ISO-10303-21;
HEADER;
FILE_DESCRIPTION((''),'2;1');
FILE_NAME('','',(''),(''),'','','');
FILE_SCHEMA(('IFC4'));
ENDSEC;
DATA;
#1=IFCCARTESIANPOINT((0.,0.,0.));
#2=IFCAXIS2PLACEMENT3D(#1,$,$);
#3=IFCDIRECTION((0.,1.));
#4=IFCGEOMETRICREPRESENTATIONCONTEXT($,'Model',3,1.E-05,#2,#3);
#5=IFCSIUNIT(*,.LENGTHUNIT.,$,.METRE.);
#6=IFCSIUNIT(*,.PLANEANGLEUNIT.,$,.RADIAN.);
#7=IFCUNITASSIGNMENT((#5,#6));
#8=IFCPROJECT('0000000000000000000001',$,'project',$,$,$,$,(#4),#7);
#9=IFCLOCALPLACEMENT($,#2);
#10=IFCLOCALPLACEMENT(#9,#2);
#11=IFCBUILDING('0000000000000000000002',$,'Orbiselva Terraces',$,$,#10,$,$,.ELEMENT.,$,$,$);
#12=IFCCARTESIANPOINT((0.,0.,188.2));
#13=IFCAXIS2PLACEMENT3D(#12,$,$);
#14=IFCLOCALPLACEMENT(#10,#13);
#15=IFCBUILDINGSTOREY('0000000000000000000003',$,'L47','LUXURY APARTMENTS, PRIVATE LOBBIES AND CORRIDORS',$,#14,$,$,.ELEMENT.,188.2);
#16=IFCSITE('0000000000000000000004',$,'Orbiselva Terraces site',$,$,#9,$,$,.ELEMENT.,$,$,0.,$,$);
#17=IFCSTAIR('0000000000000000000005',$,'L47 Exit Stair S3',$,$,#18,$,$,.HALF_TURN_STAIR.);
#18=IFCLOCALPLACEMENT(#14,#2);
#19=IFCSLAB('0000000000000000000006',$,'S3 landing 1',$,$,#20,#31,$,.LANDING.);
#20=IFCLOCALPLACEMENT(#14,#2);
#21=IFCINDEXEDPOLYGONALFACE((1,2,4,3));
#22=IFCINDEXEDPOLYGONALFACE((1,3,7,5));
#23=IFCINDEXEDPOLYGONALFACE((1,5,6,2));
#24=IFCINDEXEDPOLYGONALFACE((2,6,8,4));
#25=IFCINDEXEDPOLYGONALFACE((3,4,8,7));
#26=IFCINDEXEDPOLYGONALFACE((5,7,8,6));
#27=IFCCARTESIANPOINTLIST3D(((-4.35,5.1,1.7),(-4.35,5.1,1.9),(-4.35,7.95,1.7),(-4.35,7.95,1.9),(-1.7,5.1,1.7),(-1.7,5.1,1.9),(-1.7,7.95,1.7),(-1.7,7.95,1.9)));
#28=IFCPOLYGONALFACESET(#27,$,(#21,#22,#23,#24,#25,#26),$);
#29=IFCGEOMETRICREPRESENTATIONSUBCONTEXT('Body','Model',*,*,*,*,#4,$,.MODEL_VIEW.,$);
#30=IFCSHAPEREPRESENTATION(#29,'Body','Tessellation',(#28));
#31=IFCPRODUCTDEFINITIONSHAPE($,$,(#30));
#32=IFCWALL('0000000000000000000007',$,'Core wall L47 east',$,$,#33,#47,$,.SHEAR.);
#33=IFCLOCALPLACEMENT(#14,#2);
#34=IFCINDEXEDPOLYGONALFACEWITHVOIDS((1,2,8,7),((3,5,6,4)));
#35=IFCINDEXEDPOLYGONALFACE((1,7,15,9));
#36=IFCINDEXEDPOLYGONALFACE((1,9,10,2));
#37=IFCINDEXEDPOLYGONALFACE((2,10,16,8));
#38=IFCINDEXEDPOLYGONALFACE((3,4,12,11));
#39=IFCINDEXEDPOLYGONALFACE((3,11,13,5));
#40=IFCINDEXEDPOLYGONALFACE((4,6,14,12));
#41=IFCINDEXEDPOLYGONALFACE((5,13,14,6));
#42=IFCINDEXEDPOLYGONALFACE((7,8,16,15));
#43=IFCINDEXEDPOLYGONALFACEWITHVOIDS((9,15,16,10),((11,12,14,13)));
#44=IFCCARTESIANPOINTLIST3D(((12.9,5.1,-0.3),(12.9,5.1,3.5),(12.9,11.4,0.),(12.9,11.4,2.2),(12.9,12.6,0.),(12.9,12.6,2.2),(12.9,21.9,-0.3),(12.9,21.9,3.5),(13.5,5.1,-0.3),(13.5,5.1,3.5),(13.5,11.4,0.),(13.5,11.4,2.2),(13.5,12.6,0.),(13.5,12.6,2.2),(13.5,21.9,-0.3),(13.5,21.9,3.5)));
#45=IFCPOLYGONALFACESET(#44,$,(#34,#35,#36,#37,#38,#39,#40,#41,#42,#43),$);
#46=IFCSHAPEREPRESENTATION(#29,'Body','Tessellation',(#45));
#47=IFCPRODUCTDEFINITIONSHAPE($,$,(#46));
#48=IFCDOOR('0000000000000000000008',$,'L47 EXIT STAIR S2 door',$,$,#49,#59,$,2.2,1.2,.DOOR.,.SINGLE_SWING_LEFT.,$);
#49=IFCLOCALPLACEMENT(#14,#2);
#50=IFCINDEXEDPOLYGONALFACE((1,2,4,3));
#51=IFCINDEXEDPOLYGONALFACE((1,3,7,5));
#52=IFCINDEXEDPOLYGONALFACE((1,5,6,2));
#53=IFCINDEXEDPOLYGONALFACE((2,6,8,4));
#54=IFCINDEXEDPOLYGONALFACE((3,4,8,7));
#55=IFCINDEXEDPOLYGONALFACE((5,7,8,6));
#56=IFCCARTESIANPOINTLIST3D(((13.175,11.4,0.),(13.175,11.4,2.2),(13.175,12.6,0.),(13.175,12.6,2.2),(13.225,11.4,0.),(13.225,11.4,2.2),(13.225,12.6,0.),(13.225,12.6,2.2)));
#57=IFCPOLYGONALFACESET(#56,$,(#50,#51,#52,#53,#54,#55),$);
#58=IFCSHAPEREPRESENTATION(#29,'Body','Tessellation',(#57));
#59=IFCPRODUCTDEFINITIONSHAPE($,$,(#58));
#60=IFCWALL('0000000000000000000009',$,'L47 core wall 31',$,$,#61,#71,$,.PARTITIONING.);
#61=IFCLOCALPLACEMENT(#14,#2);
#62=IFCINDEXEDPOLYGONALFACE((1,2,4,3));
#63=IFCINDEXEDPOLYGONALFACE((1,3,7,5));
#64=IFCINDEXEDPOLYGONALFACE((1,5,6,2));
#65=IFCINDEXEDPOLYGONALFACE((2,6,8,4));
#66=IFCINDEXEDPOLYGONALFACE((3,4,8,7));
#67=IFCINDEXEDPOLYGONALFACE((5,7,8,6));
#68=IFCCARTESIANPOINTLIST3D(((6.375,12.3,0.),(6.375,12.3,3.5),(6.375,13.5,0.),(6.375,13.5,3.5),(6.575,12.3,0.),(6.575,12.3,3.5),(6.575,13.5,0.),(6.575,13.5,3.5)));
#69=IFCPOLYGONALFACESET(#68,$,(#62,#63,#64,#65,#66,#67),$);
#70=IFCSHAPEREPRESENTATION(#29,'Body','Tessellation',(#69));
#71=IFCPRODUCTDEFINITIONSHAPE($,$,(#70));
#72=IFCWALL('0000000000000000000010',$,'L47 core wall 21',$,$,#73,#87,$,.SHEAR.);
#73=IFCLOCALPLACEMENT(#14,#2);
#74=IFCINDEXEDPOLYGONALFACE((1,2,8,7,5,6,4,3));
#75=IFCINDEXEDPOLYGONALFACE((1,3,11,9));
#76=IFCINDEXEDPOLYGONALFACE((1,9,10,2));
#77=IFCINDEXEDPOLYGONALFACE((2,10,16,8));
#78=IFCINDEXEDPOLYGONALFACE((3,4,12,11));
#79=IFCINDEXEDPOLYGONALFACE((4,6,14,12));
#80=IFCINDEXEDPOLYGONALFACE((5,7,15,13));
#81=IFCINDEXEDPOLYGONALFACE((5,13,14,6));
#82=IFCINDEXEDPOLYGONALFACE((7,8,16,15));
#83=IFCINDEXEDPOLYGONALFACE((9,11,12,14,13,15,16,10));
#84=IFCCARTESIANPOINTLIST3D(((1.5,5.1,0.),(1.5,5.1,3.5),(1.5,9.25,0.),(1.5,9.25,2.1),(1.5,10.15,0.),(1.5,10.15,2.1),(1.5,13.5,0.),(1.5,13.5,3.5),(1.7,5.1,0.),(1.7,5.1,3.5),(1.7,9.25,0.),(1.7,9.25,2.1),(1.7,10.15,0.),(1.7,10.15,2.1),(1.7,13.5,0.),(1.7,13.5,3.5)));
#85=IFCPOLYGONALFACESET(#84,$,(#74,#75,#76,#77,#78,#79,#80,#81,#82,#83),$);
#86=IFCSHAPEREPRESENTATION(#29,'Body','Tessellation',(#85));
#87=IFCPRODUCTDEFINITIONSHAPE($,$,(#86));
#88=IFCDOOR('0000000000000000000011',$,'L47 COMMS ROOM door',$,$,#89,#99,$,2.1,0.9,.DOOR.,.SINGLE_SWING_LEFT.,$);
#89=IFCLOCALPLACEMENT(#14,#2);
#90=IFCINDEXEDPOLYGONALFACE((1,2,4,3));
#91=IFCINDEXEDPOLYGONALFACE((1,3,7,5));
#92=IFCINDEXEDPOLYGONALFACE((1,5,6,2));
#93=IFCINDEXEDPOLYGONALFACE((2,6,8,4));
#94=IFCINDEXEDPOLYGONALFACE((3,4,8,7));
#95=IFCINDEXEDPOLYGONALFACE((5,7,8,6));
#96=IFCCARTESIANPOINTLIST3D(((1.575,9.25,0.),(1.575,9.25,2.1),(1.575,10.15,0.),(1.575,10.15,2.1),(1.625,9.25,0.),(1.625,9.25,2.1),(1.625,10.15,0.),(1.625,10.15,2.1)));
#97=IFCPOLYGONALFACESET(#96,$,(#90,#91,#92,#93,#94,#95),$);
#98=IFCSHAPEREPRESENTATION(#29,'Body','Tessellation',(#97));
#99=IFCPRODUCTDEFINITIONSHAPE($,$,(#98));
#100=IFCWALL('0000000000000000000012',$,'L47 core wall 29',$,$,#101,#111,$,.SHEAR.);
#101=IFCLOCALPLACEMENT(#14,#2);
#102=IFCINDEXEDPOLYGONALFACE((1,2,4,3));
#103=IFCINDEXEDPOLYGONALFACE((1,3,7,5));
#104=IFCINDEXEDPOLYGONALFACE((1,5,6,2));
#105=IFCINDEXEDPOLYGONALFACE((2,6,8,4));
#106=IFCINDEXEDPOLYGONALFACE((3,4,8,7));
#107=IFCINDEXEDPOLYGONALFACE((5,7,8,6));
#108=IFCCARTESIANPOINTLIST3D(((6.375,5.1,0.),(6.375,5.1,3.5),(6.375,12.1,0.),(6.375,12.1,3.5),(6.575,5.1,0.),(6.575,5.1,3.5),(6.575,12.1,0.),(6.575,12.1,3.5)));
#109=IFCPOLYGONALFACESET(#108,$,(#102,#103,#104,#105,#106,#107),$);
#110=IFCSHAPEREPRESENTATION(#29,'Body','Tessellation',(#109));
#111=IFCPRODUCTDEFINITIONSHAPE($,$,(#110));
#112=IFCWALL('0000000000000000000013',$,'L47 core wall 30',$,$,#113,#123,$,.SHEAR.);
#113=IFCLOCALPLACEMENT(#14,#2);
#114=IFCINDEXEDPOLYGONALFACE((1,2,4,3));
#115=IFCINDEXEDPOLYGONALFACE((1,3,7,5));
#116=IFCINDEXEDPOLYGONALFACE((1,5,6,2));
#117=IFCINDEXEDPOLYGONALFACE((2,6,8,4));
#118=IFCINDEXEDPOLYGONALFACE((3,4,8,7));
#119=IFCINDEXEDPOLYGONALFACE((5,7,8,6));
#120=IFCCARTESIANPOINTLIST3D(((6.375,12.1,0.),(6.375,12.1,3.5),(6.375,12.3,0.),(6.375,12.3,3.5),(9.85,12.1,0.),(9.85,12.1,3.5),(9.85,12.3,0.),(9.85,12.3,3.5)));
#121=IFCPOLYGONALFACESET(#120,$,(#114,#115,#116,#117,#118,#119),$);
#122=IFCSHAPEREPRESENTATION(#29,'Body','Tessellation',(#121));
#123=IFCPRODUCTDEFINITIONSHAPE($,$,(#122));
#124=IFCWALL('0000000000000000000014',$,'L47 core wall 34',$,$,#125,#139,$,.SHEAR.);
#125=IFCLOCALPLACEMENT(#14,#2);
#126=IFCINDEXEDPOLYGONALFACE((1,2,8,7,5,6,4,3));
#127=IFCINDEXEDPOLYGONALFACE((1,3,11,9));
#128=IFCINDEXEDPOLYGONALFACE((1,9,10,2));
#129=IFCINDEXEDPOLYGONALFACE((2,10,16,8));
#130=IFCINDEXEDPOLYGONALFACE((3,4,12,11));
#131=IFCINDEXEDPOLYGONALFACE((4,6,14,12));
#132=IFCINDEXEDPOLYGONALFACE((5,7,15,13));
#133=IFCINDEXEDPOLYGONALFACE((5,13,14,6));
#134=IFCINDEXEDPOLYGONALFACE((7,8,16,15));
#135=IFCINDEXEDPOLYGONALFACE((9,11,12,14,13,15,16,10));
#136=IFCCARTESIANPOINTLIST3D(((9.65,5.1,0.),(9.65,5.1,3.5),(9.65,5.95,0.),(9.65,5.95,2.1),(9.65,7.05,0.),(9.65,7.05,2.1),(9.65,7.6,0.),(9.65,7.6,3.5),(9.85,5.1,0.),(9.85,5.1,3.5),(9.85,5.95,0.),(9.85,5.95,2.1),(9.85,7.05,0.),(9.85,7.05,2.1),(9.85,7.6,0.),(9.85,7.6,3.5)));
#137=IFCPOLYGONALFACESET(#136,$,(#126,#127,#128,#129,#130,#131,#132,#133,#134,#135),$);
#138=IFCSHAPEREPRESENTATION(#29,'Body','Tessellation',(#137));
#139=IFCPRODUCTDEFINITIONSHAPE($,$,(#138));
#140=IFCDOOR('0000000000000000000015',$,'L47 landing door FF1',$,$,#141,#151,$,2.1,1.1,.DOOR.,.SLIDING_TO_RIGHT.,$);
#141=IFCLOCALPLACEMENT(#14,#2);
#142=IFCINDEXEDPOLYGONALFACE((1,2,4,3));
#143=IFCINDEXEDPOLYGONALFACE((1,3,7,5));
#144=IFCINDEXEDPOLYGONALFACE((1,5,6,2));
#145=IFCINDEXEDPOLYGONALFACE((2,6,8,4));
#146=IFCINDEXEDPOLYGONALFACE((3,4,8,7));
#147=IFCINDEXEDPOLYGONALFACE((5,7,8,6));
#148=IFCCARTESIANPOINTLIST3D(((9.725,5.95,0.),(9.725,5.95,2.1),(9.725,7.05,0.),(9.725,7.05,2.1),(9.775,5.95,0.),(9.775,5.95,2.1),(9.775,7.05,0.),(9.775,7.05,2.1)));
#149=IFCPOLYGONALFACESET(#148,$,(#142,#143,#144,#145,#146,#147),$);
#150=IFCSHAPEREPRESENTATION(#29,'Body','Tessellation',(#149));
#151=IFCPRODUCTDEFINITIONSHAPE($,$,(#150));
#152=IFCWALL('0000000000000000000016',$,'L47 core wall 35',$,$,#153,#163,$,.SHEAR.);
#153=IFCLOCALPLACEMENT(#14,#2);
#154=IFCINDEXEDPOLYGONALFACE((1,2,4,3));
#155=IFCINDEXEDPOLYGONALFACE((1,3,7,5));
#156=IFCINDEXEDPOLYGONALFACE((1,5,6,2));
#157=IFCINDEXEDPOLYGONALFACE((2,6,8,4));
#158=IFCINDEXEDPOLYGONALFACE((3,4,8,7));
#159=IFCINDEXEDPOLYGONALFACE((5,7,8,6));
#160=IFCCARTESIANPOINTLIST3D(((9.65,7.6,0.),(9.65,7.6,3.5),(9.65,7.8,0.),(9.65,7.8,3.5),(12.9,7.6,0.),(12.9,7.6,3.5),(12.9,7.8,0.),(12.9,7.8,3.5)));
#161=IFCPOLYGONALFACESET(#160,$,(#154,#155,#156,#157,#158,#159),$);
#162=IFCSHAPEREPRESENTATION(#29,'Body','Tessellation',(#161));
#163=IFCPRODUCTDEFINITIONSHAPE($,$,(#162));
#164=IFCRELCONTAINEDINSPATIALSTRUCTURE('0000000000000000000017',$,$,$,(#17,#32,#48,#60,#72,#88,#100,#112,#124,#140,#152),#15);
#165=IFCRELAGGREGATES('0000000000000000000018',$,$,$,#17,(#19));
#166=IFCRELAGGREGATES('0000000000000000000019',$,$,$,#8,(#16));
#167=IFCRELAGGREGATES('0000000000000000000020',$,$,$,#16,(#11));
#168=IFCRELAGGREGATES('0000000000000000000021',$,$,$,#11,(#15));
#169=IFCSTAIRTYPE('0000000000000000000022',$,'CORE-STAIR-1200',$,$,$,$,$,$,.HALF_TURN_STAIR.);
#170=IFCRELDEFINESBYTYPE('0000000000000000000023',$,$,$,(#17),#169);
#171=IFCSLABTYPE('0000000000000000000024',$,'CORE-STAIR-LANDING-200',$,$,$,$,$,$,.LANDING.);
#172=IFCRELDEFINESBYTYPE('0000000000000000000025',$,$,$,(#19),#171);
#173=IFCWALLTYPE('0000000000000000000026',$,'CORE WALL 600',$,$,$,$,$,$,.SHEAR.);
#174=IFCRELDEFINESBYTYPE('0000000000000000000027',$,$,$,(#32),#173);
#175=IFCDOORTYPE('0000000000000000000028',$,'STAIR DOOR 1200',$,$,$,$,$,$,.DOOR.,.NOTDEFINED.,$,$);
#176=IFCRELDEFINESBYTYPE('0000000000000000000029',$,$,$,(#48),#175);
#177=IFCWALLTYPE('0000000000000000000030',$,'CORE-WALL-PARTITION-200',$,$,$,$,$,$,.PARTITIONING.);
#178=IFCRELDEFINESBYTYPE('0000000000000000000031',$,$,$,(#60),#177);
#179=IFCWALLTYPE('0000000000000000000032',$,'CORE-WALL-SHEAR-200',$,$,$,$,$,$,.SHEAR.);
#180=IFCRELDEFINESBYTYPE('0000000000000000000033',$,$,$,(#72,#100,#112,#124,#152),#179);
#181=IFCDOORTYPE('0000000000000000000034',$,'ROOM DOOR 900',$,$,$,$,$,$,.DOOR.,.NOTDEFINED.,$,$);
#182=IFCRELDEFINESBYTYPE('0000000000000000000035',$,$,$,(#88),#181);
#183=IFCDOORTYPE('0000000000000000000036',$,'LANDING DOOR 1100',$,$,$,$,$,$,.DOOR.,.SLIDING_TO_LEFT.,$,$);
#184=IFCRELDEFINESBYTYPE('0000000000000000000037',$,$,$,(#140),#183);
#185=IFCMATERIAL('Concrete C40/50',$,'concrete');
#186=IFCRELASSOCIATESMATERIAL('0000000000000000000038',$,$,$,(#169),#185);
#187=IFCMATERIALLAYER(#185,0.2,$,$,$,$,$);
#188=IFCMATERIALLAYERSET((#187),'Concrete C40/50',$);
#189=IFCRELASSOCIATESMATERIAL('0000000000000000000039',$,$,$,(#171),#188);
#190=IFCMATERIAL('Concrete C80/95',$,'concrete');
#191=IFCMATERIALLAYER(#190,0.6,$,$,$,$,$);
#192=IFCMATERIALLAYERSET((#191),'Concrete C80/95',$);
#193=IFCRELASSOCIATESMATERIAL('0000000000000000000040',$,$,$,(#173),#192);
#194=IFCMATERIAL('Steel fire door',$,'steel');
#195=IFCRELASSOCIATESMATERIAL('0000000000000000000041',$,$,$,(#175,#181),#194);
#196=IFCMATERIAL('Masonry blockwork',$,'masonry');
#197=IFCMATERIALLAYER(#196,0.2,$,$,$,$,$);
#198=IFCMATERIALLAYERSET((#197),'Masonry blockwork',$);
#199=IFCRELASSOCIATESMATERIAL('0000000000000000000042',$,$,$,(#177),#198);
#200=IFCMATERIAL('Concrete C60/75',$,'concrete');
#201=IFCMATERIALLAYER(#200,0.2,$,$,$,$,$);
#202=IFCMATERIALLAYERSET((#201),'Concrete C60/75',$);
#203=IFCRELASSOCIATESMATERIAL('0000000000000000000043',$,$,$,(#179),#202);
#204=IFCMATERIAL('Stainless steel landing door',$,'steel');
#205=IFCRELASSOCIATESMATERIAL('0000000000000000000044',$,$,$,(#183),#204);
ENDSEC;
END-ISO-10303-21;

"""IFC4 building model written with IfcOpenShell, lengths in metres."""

from ifc_helpers import new_model, si_unit, direction, frame, frame_2d, origin, place, context, subcontext, project, spatial, polyline, rectangle, outline, extrude, material, layer, layer_set, type_object, element, fill, aggregate, save


model = new_model("IFC4")

# Units and contexts
model_context = context("Model", 3, precision=1e-05, world=origin(), true_north=direction((0.0, 1.0)))
body_context = subcontext(model_context, "Body", "Model", "MODEL_VIEW")
ifc_project = project(units=[si_unit("LENGTHUNIT", "METRE"), si_unit("PLANEANGLEUNIT", "RADIAN")], contexts=[model_context])

# Site, building, storey
site_placement = place(None, origin())
site = spatial("IfcSite", under=ifc_project, at=site_placement, Name="Orbiselva Terraces site", CompositionType="ELEMENT", RefElevation=0.0)
building_placement = place(site_placement, origin())
building = spatial("IfcBuilding", under=site, at=building_placement, Name="Orbiselva Terraces", CompositionType="ELEMENT")
storey_placement = place(building_placement, frame((0.0, 0.0, 188.2)))
storey = spatial("IfcBuildingStorey", under=building, at=storey_placement, Name="L47", Description="LUXURY APARTMENTS, PRIVATE LOBBIES AND CORRIDORS", CompositionType="ELEMENT", Elevation=188.2)

# Stair, slab
ifc_material_1 = material(Name="Concrete C40/50", Category="concrete")
stair_type_1 = type_object("IfcStairType", Name="CORE-STAIR-1200", PredefinedType="HALF_TURN_STAIR", material=ifc_material_1)
stair_1_placement = place(storey_placement, origin())
stair_1 = element("IfcStair", 1, at=stair_1_placement, inside=storey, type_object=stair_type_1, Name="L47 Exit Stair S3", PredefinedType="HALF_TURN_STAIR")
ifc_layer_1 = layer(ifc_material_1, 0.2)
ifc_layer_set_1 = layer_set([ifc_layer_1], Name="Concrete C40/50")
slab_type = type_object("IfcSlabType", Name="CORE-STAIR-LANDING-200", PredefinedType="LANDING", material=ifc_layer_set_1)
slab_placement = place(storey_placement, frame((0.0, 0.0, 1.7)))
slab = element("IfcSlab", 2, at=slab_placement, type_object=slab_type, Name="S3 landing 1", PredefinedType="LANDING", context=body_context, shape_type="SweptSolid", body=[
    extrude(outline(polyline([(-4.35, 5.1), (-1.7, 5.1), (-1.7, 7.95), (-4.35, 7.95), (-4.35, 5.1)])), origin(), (0.0, 0.0, 1.0), 0.2),
])
aggregate(stair_1, [slab])

# Wall, opening, door
ifc_material_2 = material(Name="Concrete C80/95", Category="concrete")
ifc_layer_2 = layer(ifc_material_2, 0.6)
ifc_layer_set_2 = layer_set([ifc_layer_2], Name="Concrete C80/95")
wall_type_1 = type_object("IfcWallType", Name="CORE WALL 600", PredefinedType="SHEAR", material=ifc_layer_set_2)
wall_1_placement = place(storey_placement, frame((13.2, 5.1, -0.3), z_axis=(0.0, 0.0, 1.0), x_axis=(0.0, 1.0, 0.0)))
wall_1 = element("IfcWall", 3, at=wall_1_placement, inside=storey, type_object=wall_type_1, Name="Core wall L47 east", PredefinedType="SHEAR", context=body_context, shape_type="SweptSolid", body=[
    extrude(rectangle(XDim=16.8, YDim=0.6, at=frame_2d((8.4, 0.0))), origin(), (0.0, 0.0, 1.0), 3.8),
])
opening_1_placement = place(wall_1_placement, frame((6.3, 0.0, 0.3)))
opening_1 = element("IfcOpeningElement", 4, at=opening_1_placement, cuts=wall_1, PredefinedType="OPENING", context=body_context, shape_type="SweptSolid", body=[
    extrude(rectangle(XDim=1.2, YDim=2.2, at=frame_2d((0.6, 1.1))), frame((0.0, 0.31, 0.0), z_axis=(0.0, -1.0, 0.0), x_axis=(1.0, 0.0, 0.0)), (0.0, 0.0, 1.0), 0.62),
])
ifc_material_3 = material(Name="Steel fire door", Category="steel")
door_type_1 = type_object("IfcDoorType", Name="STAIR DOOR 1200", OperationType="NOTDEFINED", PredefinedType="DOOR", material=ifc_material_3)
door_1_placement = place(opening_1_placement, frame((1.2, 0.0, 0.0), z_axis=(0.0, 0.0, 1.0), x_axis=(-1.0, 0.0, 0.0)))
door_1 = element("IfcDoor", 5, at=door_1_placement, inside=storey, type_object=door_type_1, Name="L47 EXIT STAIR S2 door", OperationType="SINGLE_SWING_LEFT", OverallHeight=2.2, OverallWidth=1.2, PredefinedType="DOOR", context=body_context, shape_type="SweptSolid", body=[
    extrude(rectangle(XDim=1.2, YDim=2.2, at=frame_2d((0.6, 1.1))), frame((0.0, 0.025, 0.0), z_axis=(0.0, -1.0, 0.0), x_axis=(1.0, 0.0, 0.0)), (0.0, 0.0, 1.0), 0.05),
])
fill(opening_1, door_1)

# Wall
ifc_material_4 = material(Name="Masonry blockwork", Category="masonry")
ifc_layer_3 = layer(ifc_material_4, 0.2)
ifc_layer_set_3 = layer_set([ifc_layer_3], Name="Masonry blockwork")
wall_type_2 = type_object("IfcWallType", Name="CORE-WALL-PARTITION-200", PredefinedType="PARTITIONING", material=ifc_layer_set_3)
wall_2_placement = place(storey_placement, frame((6.475, 12.3, 0.0), z_axis=(0.0, 0.0, 1.0), x_axis=(0.0, 1.0, 0.0)))
element("IfcWall", 6, at=wall_2_placement, inside=storey, type_object=wall_type_2, Name="L47 core wall 31", PredefinedType="PARTITIONING", context=body_context, shape_type="SweptSolid", body=[
    extrude(rectangle(XDim=1.2, YDim=0.2, at=frame_2d((0.6, 0.0))), origin(), (0.0, 0.0, 1.0), 3.5),
])

# Wall, opening, door
ifc_material_5 = material(Name="Concrete C60/75", Category="concrete")
ifc_layer_4 = layer(ifc_material_5, 0.2)
ifc_layer_set_4 = layer_set([ifc_layer_4], Name="Concrete C60/75")
wall_type_3 = type_object("IfcWallType", Name="CORE-WALL-SHEAR-200", PredefinedType="SHEAR", material=ifc_layer_set_4)
wall_3_placement = place(storey_placement, frame((1.6, 13.5, 0.0), z_axis=(0.0, 0.0, 1.0), x_axis=(0.0, -1.0, 0.0)))
wall_3 = element("IfcWall", 7, at=wall_3_placement, inside=storey, type_object=wall_type_3, Name="L47 core wall 21", PredefinedType="SHEAR", context=body_context, shape_type="SweptSolid", body=[
    extrude(rectangle(XDim=8.4, YDim=0.2, at=frame_2d((4.2, 0.0))), origin(), (0.0, 0.0, 1.0), 3.5),
])
opening_2_placement = place(wall_3_placement, frame((3.35, 0.0, 0.0)))
opening_2 = element("IfcOpeningElement", 8, at=opening_2_placement, cuts=wall_3, PredefinedType="OPENING", context=body_context, shape_type="SweptSolid", body=[
    extrude(rectangle(XDim=0.9, YDim=2.1, at=frame_2d((0.45, 1.05))), frame((0.0, 0.11, 0.0), z_axis=(0.0, -1.0, 0.0), x_axis=(1.0, 0.0, 0.0)), (0.0, 0.0, 1.0), 0.22),
])
door_type_2 = type_object("IfcDoorType", Name="ROOM DOOR 900", OperationType="NOTDEFINED", PredefinedType="DOOR", material=ifc_material_3)
door_2_placement = place(opening_2_placement, origin())
door_2 = element("IfcDoor", 9, at=door_2_placement, inside=storey, type_object=door_type_2, Name="L47 COMMS ROOM door", OperationType="SINGLE_SWING_LEFT", OverallHeight=2.1, OverallWidth=0.9, PredefinedType="DOOR", context=body_context, shape_type="SweptSolid", body=[
    extrude(rectangle(XDim=0.9, YDim=2.1, at=frame_2d((0.45, 1.05))), frame((0.0, 0.025, 0.0), z_axis=(0.0, -1.0, 0.0), x_axis=(1.0, 0.0, 0.0)), (0.0, 0.0, 1.0), 0.05),
])
fill(opening_2, door_2)

# Walls
wall_4_placement = place(storey_placement, frame((6.475, 5.1, 0.0), z_axis=(0.0, 0.0, 1.0), x_axis=(0.0, 1.0, 0.0)))
element("IfcWall", 10, at=wall_4_placement, inside=storey, type_object=wall_type_3, Name="L47 core wall 29", PredefinedType="SHEAR", context=body_context, shape_type="SweptSolid", body=[
    extrude(rectangle(XDim=7.0, YDim=0.2, at=frame_2d((3.5, 0.0))), origin(), (0.0, 0.0, 1.0), 3.5),
])
wall_5_placement = place(storey_placement, frame((6.375, 12.2, 0.0), z_axis=(0.0, 0.0, 1.0), x_axis=(1.0, 0.0, 0.0)))
element("IfcWall", 11, at=wall_5_placement, inside=storey, type_object=wall_type_3, Name="L47 core wall 30", PredefinedType="SHEAR", context=body_context, shape_type="SweptSolid", body=[
    extrude(rectangle(XDim=3.475, YDim=0.2, at=frame_2d((1.7375, 0.0))), origin(), (0.0, 0.0, 1.0), 3.5),
])

# Wall, opening, door
wall_6_placement = place(storey_placement, frame((9.75, 5.1, 0.0), z_axis=(0.0, 0.0, 1.0), x_axis=(0.0, 1.0, 0.0)))
wall_6 = element("IfcWall", 12, at=wall_6_placement, inside=storey, type_object=wall_type_3, Name="L47 core wall 34", PredefinedType="SHEAR", context=body_context, shape_type="SweptSolid", body=[
    extrude(rectangle(XDim=2.5, YDim=0.2, at=frame_2d((1.25, 0.0))), origin(), (0.0, 0.0, 1.0), 3.5),
])
opening_3_placement = place(wall_6_placement, frame((0.85, 0.0, 0.0)))
opening_3 = element("IfcOpeningElement", 13, at=opening_3_placement, cuts=wall_6, PredefinedType="OPENING", context=body_context, shape_type="SweptSolid", body=[
    extrude(rectangle(XDim=1.1, YDim=2.1, at=frame_2d((0.55, 1.05))), frame((0.0, 0.11, 0.0), z_axis=(0.0, -1.0, 0.0), x_axis=(1.0, 0.0, 0.0)), (0.0, 0.0, 1.0), 0.22),
])
ifc_material_6 = material(Name="Stainless steel landing door", Category="steel")
door_type_3 = type_object("IfcDoorType", Name="LANDING DOOR 1100", OperationType="SLIDING_TO_LEFT", PredefinedType="DOOR", material=ifc_material_6)
door_3_placement = place(opening_3_placement, origin())
door_3 = element("IfcDoor", 14, at=door_3_placement, inside=storey, type_object=door_type_3, Name="L47 landing door FF1", OperationType="SLIDING_TO_RIGHT", OverallHeight=2.1, OverallWidth=1.1, PredefinedType="DOOR", context=body_context, shape_type="SweptSolid", body=[
    extrude(rectangle(XDim=1.1, YDim=2.1, at=frame_2d((0.55, 1.05))), frame((0.0, 0.025, 0.0), z_axis=(0.0, -1.0, 0.0), x_axis=(1.0, 0.0, 0.0)), (0.0, 0.0, 1.0), 0.05),
])
fill(opening_3, door_3)

# Wall
wall_7_placement = place(storey_placement, frame((9.65, 7.7, 0.0), z_axis=(0.0, 0.0, 1.0), x_axis=(1.0, 0.0, 0.0)))
element("IfcWall", 15, at=wall_7_placement, inside=storey, type_object=wall_type_3, Name="L47 core wall 35", PredefinedType="SHEAR", context=body_context, shape_type="SweptSolid", body=[
    extrude(rectangle(XDim=3.25, YDim=0.2, at=frame_2d((1.625, 0.0))), origin(), (0.0, 0.0, 1.0), 3.5),
])

save(model, "model.ifc")
